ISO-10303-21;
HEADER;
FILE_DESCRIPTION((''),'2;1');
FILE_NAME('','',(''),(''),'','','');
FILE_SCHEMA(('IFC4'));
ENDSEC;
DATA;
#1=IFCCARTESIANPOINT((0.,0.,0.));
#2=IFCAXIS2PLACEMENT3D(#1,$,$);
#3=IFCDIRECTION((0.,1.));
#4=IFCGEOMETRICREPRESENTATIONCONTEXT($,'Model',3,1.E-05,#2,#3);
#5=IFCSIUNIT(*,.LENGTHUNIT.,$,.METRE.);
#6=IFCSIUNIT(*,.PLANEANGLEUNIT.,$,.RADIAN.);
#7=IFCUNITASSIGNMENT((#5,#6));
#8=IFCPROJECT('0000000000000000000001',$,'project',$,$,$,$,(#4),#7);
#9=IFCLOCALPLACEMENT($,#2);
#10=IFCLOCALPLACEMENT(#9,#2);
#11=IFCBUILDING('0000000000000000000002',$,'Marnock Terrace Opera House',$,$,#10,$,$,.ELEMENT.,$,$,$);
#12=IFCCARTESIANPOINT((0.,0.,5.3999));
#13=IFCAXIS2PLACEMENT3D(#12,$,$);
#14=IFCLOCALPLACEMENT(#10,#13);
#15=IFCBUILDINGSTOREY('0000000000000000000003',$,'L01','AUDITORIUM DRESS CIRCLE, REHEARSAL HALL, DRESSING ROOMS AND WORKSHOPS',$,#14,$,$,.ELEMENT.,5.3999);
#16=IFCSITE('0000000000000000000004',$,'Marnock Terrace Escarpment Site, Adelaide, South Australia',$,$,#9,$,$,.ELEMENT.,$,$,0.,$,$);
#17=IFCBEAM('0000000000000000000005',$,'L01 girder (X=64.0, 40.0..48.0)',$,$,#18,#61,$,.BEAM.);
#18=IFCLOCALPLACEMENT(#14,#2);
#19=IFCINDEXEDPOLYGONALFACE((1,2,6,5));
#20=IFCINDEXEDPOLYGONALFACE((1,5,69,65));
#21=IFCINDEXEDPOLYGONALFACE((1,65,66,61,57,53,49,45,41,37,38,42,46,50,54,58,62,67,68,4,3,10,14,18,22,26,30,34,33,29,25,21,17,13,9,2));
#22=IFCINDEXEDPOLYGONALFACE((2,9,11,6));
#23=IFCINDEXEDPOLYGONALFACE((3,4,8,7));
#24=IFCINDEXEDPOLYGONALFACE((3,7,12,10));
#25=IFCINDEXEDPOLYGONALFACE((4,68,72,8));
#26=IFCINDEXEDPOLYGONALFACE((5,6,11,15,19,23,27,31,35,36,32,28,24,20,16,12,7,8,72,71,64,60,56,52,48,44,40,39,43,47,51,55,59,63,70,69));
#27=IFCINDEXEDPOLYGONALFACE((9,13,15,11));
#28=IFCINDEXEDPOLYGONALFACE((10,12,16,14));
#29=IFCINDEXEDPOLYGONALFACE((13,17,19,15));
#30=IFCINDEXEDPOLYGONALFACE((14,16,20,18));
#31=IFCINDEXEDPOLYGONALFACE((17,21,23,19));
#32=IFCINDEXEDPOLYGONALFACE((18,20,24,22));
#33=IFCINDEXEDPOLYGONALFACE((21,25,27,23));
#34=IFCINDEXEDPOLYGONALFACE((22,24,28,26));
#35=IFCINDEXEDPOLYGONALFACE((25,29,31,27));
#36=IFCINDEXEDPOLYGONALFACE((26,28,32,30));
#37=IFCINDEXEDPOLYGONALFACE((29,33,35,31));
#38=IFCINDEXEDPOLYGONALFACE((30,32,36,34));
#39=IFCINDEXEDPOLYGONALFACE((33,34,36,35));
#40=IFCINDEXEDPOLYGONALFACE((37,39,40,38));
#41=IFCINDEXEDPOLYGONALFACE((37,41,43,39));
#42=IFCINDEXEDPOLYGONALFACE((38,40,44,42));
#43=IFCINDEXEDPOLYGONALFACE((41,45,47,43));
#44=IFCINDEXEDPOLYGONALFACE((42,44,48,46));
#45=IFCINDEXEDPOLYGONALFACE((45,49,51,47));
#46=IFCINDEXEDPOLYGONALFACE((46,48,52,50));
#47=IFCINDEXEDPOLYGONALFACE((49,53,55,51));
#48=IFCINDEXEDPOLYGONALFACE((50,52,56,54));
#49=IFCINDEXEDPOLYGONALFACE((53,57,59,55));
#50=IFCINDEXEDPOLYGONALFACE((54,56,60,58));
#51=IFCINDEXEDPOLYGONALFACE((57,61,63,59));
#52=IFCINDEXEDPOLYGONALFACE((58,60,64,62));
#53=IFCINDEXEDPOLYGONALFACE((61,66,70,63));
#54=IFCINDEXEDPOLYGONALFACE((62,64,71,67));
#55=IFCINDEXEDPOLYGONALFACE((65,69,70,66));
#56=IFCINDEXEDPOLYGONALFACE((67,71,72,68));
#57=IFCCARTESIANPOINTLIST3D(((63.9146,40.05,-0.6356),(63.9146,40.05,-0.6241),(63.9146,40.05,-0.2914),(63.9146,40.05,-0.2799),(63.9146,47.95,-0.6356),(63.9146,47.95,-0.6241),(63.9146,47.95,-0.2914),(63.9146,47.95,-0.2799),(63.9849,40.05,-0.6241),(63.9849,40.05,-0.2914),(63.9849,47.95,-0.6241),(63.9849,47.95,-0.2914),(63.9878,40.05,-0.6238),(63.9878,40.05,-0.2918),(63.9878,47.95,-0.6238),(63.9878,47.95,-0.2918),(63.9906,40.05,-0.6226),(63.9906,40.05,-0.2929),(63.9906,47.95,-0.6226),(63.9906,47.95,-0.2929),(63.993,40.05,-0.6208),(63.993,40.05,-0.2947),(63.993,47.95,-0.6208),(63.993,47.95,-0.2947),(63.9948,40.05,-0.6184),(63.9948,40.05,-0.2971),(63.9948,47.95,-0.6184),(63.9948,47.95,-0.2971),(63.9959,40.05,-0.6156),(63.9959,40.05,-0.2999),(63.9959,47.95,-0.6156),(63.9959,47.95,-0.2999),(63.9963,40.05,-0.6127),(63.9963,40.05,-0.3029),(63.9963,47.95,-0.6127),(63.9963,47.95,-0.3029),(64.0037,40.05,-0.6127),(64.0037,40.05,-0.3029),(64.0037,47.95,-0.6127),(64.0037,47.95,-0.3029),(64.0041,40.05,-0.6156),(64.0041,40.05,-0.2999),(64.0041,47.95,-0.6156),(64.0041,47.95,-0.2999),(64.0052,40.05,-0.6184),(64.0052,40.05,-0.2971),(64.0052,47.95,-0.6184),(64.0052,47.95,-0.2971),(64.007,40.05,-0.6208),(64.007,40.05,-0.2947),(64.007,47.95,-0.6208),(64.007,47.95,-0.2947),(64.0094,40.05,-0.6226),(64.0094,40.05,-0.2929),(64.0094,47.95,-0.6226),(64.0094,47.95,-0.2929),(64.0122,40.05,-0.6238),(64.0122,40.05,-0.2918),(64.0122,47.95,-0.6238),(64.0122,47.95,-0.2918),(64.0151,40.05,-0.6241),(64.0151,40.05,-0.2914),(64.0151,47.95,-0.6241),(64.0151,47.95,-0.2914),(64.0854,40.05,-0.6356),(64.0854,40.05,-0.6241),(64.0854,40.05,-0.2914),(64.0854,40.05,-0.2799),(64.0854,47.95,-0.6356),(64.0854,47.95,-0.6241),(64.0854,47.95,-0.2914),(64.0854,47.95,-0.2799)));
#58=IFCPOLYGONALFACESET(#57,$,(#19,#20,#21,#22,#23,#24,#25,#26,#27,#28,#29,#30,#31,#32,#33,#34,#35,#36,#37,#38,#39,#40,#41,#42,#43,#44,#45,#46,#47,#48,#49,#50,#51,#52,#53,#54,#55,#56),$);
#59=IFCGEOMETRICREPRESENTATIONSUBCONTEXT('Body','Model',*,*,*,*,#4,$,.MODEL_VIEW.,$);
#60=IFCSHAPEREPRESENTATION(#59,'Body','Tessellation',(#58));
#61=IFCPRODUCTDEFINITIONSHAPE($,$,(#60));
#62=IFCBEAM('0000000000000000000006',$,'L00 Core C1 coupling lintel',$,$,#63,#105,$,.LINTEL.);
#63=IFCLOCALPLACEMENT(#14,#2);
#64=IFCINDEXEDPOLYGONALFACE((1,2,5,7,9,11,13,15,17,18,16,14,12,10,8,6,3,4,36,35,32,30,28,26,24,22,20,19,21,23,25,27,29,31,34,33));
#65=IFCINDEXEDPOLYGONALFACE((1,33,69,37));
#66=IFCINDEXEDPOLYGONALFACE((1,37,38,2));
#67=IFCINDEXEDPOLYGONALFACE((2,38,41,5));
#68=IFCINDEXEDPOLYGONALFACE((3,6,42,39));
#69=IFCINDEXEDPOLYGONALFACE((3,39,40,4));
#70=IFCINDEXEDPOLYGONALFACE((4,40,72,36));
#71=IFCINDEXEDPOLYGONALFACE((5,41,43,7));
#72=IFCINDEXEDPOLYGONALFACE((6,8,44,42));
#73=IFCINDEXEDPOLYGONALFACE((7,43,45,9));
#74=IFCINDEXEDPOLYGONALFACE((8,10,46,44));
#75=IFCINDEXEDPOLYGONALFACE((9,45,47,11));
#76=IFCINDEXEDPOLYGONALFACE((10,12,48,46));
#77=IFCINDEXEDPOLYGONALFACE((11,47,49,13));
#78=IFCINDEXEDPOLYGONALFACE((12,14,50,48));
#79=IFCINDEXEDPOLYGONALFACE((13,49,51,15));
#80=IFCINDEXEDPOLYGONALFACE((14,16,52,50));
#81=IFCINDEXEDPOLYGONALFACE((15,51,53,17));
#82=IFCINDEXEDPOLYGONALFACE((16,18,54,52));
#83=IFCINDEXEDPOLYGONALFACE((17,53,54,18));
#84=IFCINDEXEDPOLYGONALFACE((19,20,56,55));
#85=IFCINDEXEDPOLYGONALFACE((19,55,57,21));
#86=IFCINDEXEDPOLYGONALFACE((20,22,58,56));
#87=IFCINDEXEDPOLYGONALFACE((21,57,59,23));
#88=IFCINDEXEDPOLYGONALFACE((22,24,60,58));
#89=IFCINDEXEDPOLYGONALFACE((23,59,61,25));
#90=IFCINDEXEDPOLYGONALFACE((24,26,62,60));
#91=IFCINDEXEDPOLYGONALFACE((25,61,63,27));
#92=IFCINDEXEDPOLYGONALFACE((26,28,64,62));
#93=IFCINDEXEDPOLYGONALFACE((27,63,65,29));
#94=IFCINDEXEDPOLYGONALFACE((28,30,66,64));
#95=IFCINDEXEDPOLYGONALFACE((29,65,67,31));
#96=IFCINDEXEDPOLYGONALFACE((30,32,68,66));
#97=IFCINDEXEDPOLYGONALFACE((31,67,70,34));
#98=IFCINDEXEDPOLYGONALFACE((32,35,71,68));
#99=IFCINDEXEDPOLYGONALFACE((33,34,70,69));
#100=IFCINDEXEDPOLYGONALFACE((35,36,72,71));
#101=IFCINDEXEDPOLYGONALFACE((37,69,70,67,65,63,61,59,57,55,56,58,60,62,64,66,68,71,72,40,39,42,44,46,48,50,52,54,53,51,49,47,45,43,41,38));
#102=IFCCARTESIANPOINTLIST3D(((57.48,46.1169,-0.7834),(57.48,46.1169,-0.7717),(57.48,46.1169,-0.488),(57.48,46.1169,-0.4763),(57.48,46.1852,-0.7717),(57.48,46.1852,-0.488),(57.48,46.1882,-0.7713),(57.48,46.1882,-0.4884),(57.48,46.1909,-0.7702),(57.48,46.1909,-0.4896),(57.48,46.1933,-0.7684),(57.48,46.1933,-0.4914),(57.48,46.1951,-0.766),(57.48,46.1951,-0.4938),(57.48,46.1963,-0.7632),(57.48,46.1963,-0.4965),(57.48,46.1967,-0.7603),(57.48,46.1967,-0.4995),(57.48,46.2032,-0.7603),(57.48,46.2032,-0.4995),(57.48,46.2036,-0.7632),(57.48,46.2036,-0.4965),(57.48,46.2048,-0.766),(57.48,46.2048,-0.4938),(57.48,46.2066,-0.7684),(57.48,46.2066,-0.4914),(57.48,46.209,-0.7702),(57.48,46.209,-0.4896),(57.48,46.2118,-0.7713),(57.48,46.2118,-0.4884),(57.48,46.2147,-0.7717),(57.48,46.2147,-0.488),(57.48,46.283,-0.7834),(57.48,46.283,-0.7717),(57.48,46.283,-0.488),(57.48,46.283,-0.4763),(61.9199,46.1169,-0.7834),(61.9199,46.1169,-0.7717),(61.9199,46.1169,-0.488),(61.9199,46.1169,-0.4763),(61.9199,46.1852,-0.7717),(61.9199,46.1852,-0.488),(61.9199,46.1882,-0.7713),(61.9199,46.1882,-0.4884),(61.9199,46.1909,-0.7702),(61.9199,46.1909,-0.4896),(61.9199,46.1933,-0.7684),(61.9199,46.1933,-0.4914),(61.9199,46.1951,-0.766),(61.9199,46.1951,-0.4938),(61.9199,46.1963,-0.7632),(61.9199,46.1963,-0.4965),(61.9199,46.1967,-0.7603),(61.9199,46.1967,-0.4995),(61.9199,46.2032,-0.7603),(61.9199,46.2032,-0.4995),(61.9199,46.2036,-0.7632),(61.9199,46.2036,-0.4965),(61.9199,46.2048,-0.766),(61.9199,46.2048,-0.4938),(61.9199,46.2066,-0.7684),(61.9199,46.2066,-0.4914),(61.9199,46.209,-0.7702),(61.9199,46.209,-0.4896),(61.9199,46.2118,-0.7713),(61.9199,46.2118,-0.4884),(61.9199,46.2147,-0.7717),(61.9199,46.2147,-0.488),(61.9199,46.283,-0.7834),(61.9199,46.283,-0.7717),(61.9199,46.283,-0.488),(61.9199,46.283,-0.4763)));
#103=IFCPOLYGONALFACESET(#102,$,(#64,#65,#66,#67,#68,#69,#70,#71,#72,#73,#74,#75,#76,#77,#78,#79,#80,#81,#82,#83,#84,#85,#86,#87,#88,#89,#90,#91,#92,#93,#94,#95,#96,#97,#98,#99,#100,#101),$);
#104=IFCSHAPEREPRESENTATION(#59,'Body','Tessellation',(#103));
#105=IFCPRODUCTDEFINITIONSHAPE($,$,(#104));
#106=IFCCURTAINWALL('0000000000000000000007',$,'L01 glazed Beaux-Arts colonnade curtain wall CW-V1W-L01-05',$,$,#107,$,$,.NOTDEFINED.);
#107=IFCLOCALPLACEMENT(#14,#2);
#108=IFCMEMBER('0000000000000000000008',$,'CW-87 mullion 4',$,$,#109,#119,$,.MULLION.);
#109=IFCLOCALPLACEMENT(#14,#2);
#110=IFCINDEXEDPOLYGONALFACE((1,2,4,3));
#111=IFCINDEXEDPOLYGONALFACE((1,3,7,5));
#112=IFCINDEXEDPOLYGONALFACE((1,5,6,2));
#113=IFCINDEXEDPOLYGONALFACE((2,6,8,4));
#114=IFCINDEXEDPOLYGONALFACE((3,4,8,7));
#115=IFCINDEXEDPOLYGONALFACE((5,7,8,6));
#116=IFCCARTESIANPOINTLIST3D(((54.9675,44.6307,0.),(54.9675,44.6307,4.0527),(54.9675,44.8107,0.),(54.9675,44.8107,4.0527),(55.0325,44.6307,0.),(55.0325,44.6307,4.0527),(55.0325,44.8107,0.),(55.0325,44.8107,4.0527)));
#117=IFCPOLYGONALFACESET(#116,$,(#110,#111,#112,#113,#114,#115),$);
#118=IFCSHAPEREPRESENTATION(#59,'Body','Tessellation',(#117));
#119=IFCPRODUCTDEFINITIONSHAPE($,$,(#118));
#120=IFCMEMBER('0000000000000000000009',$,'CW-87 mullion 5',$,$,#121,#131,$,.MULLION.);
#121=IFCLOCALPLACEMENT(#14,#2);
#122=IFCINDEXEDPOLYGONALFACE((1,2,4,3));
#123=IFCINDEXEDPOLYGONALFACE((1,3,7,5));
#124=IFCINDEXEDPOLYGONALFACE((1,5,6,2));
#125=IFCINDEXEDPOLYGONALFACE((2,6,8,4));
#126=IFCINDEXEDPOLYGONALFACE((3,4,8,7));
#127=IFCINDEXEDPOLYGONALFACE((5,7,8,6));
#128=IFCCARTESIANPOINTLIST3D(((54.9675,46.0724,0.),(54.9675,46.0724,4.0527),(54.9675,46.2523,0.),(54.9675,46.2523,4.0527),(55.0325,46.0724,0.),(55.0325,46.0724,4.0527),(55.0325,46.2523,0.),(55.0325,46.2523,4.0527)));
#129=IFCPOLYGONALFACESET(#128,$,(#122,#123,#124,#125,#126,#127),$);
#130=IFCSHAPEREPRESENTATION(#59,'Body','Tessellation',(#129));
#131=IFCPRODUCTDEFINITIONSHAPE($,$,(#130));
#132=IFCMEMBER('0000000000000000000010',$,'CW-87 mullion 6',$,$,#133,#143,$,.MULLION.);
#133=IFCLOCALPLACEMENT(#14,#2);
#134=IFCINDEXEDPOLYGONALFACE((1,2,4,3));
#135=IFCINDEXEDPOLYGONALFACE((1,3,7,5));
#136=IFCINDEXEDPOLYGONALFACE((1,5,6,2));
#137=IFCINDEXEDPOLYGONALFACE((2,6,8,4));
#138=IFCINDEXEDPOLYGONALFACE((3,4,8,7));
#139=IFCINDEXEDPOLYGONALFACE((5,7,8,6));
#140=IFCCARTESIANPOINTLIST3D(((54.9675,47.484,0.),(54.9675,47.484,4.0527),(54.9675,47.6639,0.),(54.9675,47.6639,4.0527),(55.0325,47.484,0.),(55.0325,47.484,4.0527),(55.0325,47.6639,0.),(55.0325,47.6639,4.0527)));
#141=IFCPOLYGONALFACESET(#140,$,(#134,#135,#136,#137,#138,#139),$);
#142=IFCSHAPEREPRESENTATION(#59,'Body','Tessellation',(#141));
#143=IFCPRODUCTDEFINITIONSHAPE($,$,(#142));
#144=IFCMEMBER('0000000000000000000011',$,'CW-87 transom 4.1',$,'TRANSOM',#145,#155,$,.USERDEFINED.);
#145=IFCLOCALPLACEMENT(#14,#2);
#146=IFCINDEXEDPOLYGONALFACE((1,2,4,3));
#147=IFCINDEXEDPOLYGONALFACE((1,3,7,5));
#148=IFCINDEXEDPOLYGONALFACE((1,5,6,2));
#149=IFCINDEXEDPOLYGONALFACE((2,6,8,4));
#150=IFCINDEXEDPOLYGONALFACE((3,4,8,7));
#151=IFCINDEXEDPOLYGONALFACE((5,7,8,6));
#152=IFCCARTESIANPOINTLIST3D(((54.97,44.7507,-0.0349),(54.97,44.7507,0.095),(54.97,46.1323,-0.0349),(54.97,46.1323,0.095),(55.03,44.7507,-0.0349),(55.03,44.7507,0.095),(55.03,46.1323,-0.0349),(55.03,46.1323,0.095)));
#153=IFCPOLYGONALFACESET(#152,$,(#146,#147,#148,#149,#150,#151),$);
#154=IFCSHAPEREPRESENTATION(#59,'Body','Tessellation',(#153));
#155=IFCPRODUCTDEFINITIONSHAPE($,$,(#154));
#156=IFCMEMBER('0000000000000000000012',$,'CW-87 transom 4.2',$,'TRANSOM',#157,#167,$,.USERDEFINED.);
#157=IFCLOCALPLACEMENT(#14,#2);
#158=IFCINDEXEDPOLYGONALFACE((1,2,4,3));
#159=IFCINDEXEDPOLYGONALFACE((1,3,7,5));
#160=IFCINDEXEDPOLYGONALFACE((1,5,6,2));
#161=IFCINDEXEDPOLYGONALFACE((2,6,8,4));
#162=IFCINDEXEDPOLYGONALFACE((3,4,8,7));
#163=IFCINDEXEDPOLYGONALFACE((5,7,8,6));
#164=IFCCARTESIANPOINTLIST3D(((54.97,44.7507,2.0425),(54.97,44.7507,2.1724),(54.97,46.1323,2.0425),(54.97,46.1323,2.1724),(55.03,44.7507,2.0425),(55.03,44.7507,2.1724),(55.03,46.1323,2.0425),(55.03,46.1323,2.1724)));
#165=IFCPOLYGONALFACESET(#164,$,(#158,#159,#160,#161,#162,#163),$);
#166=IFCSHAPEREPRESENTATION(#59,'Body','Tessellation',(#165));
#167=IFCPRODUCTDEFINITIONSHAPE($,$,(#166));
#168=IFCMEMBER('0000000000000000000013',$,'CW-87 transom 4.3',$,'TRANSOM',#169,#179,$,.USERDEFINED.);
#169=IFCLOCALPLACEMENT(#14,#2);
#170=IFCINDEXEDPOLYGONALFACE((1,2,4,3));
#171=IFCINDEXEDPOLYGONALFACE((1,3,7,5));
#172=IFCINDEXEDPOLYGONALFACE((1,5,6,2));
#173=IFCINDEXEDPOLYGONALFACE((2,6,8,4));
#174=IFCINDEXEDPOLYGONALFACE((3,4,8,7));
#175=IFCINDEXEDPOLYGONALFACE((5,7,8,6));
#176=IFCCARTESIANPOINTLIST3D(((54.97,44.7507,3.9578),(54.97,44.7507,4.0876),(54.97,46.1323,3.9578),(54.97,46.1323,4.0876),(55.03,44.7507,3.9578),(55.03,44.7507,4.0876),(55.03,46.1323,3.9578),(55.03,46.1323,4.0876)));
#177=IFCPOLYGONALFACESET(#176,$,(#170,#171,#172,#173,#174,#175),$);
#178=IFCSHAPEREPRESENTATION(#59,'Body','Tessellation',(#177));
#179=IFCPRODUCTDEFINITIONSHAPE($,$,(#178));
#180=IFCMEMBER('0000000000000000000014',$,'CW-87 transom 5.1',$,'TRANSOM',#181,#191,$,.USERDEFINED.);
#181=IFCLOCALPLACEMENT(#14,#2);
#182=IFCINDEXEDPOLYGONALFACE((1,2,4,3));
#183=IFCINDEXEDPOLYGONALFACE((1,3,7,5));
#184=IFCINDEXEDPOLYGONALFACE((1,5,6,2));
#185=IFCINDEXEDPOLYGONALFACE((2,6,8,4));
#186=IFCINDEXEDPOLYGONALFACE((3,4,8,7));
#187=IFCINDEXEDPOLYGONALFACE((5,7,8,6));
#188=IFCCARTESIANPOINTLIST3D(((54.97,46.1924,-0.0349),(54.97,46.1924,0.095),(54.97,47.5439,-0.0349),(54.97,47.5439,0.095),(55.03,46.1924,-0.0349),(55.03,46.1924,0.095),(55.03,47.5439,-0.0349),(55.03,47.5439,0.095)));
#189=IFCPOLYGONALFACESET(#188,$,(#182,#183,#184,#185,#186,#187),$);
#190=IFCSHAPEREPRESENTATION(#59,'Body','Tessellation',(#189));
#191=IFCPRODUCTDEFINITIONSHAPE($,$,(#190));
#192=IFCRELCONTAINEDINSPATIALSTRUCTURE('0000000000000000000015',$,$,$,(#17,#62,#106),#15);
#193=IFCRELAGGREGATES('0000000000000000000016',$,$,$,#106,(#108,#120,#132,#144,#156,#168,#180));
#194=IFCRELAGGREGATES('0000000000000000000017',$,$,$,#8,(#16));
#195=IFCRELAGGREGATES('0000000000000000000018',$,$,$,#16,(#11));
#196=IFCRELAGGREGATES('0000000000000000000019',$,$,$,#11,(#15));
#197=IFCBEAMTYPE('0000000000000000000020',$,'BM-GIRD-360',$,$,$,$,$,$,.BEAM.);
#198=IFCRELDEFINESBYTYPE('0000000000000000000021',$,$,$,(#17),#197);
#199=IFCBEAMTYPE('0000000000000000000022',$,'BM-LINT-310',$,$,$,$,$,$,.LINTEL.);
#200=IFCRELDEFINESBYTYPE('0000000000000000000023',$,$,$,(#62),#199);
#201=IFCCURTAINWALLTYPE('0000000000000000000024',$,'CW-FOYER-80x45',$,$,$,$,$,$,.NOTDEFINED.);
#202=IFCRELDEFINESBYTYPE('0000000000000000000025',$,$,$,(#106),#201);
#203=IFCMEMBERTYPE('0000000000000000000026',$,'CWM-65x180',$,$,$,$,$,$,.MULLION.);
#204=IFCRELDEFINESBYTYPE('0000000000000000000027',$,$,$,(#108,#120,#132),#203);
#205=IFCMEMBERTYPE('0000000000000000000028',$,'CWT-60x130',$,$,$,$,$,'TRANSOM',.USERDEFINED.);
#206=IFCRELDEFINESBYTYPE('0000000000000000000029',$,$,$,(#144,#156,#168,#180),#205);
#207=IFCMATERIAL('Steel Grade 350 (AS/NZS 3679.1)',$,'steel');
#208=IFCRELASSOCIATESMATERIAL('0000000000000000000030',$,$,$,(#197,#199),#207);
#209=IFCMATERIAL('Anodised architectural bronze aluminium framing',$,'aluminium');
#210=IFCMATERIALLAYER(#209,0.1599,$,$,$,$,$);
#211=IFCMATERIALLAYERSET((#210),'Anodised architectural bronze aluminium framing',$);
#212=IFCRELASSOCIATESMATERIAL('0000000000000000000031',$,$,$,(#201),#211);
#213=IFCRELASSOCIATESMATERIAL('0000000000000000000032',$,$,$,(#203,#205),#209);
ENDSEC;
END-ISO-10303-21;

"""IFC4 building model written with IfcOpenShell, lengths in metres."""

from ifc_helpers import new_model, si_unit, direction, frame, origin, origin_2d, place, context, subcontext, project, spatial, rectangle, i_section, extrude, material, layer, layer_set, material_profile, profile_set, type_object, element, aggregate, save


model = new_model("IFC4")

# Units and contexts
model_context = context("Model", 3, precision=1e-05, world=origin(), true_north=direction((0.0, 1.0)))
body_context = subcontext(model_context, "Body", "Model", "MODEL_VIEW")
ifc_project = project(units=[si_unit("LENGTHUNIT", "METRE"), si_unit("PLANEANGLEUNIT", "RADIAN")], contexts=[model_context])

# Site, building, storey
site_placement = place(None, origin())
site = spatial("IfcSite", under=ifc_project, at=site_placement, Name="Marnock Terrace Escarpment Site, Adelaide, South Australia", CompositionType="ELEMENT", RefElevation=0.0)
building_placement = place(site_placement, origin())
building = spatial("IfcBuilding", under=site, at=building_placement, Name="Marnock Terrace Opera House", CompositionType="ELEMENT")
storey_placement = place(building_placement, frame((0.0, 0.0, 5.3999)))
storey = spatial("IfcBuildingStorey", under=building, at=storey_placement, Name="L01", Description="AUDITORIUM DRESS CIRCLE, REHEARSAL HALL, DRESSING ROOMS AND WORKSHOPS", CompositionType="ELEMENT", Elevation=5.3999)

# Beams
ifc_material_1 = material(Name="Steel Grade 350 (AS/NZS 3679.1)", Category="steel")
ifc_material_profile_1 = material_profile(ifc_material_1, i_section(OverallWidth=0.1709, OverallDepth=0.3557, WebThickness=0.0073, FlangeThickness=0.0115, FilletRadius=0.0115, at=origin_2d()))
ifc_profile_set_1 = profile_set([ifc_material_profile_1], Name="Steel Grade 350 (AS/NZS 3679.1)")
beam_type_1 = type_object("IfcBeamType", Name="BM-GIRD-360", PredefinedType="BEAM", material=ifc_profile_set_1)
beam_1_placement = place(storey_placement, frame((64.0, 40.05, -0.4578), z_axis=(0.0, 1.0, 0.0), x_axis=(-1.0, 0.0, 0.0)))
element("IfcBeam", 1, at=beam_1_placement, inside=storey, type_object=beam_type_1, Name="L01 girder (X=64.0, 40.0..48.0)", PredefinedType="BEAM", context=body_context, shape_type="SweptSolid", body=[
    extrude(i_section(OverallWidth=0.1709, OverallDepth=0.3557, WebThickness=0.0073, FlangeThickness=0.0115, FilletRadius=0.0115, at=origin_2d()), origin(), (0.0, 0.0, 1.0), 7.8999),
])
ifc_material_profile_2 = material_profile(ifc_material_1, i_section(OverallWidth=0.166, OverallDepth=0.3071, WebThickness=0.0066, FlangeThickness=0.0117, FilletRadius=0.0115, at=origin_2d()))
ifc_profile_set_2 = profile_set([ifc_material_profile_2], Name="Steel Grade 350 (AS/NZS 3679.1)")
beam_type_2 = type_object("IfcBeamType", Name="BM-LINT-310", PredefinedType="LINTEL", material=ifc_profile_set_2)
beam_2_placement = place(storey_placement, frame((57.48, 46.2, -0.6299), z_axis=(1.0, 0.0, 0.0), x_axis=(0.0, 1.0, 0.0)))
element("IfcBeam", 2, at=beam_2_placement, inside=storey, type_object=beam_type_2, Name="L00 Core C1 coupling lintel", PredefinedType="LINTEL", context=body_context, shape_type="SweptSolid", body=[
    extrude(i_section(OverallWidth=0.166, OverallDepth=0.3071, WebThickness=0.0066, FlangeThickness=0.0117, FilletRadius=0.0115, at=origin_2d()), origin(), (0.0, 0.0, 1.0), 4.4399),
])

# Curtain wall, members
ifc_material_2 = material(Name="Anodised architectural bronze aluminium framing", Category="aluminium")
ifc_layer_1 = layer(ifc_material_2, 0.1599)
ifc_layer_set_1 = layer_set([ifc_layer_1], Name="Anodised architectural bronze aluminium framing")
curtain_wall_type = type_object("IfcCurtainWallType", Name="CW-FOYER-80x45", PredefinedType="NOTDEFINED", material=ifc_layer_set_1)
curtain_wall_placement = place(storey_placement, origin())
curtain_wall = element("IfcCurtainWall", 3, at=curtain_wall_placement, inside=storey, type_object=curtain_wall_type, Name="L01 glazed Beaux-Arts colonnade curtain wall CW-V1W-L01-05", PredefinedType="NOTDEFINED")
ifc_material_profile_3 = material_profile(ifc_material_2, rectangle(XDim=0.0649, YDim=0.1799, at=origin_2d()))
ifc_profile_set_3 = profile_set([ifc_material_profile_3], Name="Anodised architectural bronze aluminium framing")
member_type_1 = type_object("IfcMemberType", Name="CWM-65x180", PredefinedType="MULLION", material=ifc_profile_set_3)
member_1_placement = place(storey_placement, frame((55.0, 44.7207, 0.0), z_axis=(0.0, 0.0, 1.0), x_axis=(-1.0, 0.0, 0.0)))
member_1 = element("IfcMember", 4, at=member_1_placement, type_object=member_type_1, Name="CW-87 mullion 4", PredefinedType="MULLION", context=body_context, shape_type="SweptSolid", body=[
    extrude(rectangle(XDim=0.0649, YDim=0.1799, at=origin_2d()), origin(), (0.0, 0.0, 1.0), 4.0527),
])
member_2_placement = place(storey_placement, frame((55.0, 46.1624, 0.0), z_axis=(0.0, 0.0, 1.0), x_axis=(-1.0, 0.0, 0.0)))
member_2 = element("IfcMember", 5, at=member_2_placement, type_object=member_type_1, Name="CW-87 mullion 5", PredefinedType="MULLION", context=body_context, shape_type="SweptSolid", body=[
    extrude(rectangle(XDim=0.0649, YDim=0.1799, at=origin_2d()), origin(), (0.0, 0.0, 1.0), 4.0527),
])
member_3_placement = place(storey_placement, frame((55.0, 47.574, 0.0), z_axis=(0.0, 0.0, 1.0), x_axis=(-1.0, 0.0, 0.0)))
member_3 = element("IfcMember", 6, at=member_3_placement, type_object=member_type_1, Name="CW-87 mullion 6", PredefinedType="MULLION", context=body_context, shape_type="SweptSolid", body=[
    extrude(rectangle(XDim=0.0649, YDim=0.1799, at=origin_2d()), origin(), (0.0, 0.0, 1.0), 4.0527),
])
ifc_material_profile_4 = material_profile(ifc_material_2, rectangle(XDim=0.0601, YDim=0.1299, at=origin_2d()))
ifc_profile_set_4 = profile_set([ifc_material_profile_4], Name="Anodised architectural bronze aluminium framing")
member_type_2 = type_object("IfcMemberType", Name="CWT-60x130", ElementType="TRANSOM", PredefinedType="USERDEFINED", material=ifc_profile_set_4)
member_4_placement = place(storey_placement, frame((55.0, 44.7507, 0.03), z_axis=(0.0, 1.0, 0.0), x_axis=(-1.0, 0.0, 0.0)))
member_4 = element("IfcMember", 7, at=member_4_placement, type_object=member_type_2, Name="CW-87 transom 4.1", ObjectType="TRANSOM", PredefinedType="USERDEFINED", context=body_context, shape_type="SweptSolid", body=[
    extrude(rectangle(XDim=0.0601, YDim=0.1299, at=origin_2d()), origin(), (0.0, 0.0, 1.0), 1.3816),
])
member_5_placement = place(storey_placement, frame((55.0, 44.7507, 2.1074), z_axis=(0.0, 1.0, 0.0), x_axis=(-1.0, 0.0, 0.0)))
member_5 = element("IfcMember", 8, at=member_5_placement, type_object=member_type_2, Name="CW-87 transom 4.2", ObjectType="TRANSOM", PredefinedType="USERDEFINED", context=body_context, shape_type="SweptSolid", body=[
    extrude(rectangle(XDim=0.0601, YDim=0.1299, at=origin_2d()), origin(), (0.0, 0.0, 1.0), 1.3816),
])
member_6_placement = place(storey_placement, frame((55.0, 44.7507, 4.0227), z_axis=(0.0, 1.0, 0.0), x_axis=(-1.0, 0.0, 0.0)))
member_6 = element("IfcMember", 9, at=member_6_placement, type_object=member_type_2, Name="CW-87 transom 4.3", ObjectType="TRANSOM", PredefinedType="USERDEFINED", context=body_context, shape_type="SweptSolid", body=[
    extrude(rectangle(XDim=0.0601, YDim=0.1299, at=origin_2d()), origin(), (0.0, 0.0, 1.0), 1.3816),
])
member_7_placement = place(storey_placement, frame((55.0, 46.1924, 0.03), z_axis=(0.0, 1.0, 0.0), x_axis=(-1.0, 0.0, 0.0)))
member_7 = element("IfcMember", 10, at=member_7_placement, type_object=member_type_2, Name="CW-87 transom 5.1", ObjectType="TRANSOM", PredefinedType="USERDEFINED", context=body_context, shape_type="SweptSolid", body=[
    extrude(rectangle(XDim=0.0601, YDim=0.1299, at=origin_2d()), origin(), (0.0, 0.0, 1.0), 1.3516),
])
aggregate(curtain_wall, [member_1, member_2, member_3, member_4, member_5, member_6, member_7])

save(model, "model.ifc")
